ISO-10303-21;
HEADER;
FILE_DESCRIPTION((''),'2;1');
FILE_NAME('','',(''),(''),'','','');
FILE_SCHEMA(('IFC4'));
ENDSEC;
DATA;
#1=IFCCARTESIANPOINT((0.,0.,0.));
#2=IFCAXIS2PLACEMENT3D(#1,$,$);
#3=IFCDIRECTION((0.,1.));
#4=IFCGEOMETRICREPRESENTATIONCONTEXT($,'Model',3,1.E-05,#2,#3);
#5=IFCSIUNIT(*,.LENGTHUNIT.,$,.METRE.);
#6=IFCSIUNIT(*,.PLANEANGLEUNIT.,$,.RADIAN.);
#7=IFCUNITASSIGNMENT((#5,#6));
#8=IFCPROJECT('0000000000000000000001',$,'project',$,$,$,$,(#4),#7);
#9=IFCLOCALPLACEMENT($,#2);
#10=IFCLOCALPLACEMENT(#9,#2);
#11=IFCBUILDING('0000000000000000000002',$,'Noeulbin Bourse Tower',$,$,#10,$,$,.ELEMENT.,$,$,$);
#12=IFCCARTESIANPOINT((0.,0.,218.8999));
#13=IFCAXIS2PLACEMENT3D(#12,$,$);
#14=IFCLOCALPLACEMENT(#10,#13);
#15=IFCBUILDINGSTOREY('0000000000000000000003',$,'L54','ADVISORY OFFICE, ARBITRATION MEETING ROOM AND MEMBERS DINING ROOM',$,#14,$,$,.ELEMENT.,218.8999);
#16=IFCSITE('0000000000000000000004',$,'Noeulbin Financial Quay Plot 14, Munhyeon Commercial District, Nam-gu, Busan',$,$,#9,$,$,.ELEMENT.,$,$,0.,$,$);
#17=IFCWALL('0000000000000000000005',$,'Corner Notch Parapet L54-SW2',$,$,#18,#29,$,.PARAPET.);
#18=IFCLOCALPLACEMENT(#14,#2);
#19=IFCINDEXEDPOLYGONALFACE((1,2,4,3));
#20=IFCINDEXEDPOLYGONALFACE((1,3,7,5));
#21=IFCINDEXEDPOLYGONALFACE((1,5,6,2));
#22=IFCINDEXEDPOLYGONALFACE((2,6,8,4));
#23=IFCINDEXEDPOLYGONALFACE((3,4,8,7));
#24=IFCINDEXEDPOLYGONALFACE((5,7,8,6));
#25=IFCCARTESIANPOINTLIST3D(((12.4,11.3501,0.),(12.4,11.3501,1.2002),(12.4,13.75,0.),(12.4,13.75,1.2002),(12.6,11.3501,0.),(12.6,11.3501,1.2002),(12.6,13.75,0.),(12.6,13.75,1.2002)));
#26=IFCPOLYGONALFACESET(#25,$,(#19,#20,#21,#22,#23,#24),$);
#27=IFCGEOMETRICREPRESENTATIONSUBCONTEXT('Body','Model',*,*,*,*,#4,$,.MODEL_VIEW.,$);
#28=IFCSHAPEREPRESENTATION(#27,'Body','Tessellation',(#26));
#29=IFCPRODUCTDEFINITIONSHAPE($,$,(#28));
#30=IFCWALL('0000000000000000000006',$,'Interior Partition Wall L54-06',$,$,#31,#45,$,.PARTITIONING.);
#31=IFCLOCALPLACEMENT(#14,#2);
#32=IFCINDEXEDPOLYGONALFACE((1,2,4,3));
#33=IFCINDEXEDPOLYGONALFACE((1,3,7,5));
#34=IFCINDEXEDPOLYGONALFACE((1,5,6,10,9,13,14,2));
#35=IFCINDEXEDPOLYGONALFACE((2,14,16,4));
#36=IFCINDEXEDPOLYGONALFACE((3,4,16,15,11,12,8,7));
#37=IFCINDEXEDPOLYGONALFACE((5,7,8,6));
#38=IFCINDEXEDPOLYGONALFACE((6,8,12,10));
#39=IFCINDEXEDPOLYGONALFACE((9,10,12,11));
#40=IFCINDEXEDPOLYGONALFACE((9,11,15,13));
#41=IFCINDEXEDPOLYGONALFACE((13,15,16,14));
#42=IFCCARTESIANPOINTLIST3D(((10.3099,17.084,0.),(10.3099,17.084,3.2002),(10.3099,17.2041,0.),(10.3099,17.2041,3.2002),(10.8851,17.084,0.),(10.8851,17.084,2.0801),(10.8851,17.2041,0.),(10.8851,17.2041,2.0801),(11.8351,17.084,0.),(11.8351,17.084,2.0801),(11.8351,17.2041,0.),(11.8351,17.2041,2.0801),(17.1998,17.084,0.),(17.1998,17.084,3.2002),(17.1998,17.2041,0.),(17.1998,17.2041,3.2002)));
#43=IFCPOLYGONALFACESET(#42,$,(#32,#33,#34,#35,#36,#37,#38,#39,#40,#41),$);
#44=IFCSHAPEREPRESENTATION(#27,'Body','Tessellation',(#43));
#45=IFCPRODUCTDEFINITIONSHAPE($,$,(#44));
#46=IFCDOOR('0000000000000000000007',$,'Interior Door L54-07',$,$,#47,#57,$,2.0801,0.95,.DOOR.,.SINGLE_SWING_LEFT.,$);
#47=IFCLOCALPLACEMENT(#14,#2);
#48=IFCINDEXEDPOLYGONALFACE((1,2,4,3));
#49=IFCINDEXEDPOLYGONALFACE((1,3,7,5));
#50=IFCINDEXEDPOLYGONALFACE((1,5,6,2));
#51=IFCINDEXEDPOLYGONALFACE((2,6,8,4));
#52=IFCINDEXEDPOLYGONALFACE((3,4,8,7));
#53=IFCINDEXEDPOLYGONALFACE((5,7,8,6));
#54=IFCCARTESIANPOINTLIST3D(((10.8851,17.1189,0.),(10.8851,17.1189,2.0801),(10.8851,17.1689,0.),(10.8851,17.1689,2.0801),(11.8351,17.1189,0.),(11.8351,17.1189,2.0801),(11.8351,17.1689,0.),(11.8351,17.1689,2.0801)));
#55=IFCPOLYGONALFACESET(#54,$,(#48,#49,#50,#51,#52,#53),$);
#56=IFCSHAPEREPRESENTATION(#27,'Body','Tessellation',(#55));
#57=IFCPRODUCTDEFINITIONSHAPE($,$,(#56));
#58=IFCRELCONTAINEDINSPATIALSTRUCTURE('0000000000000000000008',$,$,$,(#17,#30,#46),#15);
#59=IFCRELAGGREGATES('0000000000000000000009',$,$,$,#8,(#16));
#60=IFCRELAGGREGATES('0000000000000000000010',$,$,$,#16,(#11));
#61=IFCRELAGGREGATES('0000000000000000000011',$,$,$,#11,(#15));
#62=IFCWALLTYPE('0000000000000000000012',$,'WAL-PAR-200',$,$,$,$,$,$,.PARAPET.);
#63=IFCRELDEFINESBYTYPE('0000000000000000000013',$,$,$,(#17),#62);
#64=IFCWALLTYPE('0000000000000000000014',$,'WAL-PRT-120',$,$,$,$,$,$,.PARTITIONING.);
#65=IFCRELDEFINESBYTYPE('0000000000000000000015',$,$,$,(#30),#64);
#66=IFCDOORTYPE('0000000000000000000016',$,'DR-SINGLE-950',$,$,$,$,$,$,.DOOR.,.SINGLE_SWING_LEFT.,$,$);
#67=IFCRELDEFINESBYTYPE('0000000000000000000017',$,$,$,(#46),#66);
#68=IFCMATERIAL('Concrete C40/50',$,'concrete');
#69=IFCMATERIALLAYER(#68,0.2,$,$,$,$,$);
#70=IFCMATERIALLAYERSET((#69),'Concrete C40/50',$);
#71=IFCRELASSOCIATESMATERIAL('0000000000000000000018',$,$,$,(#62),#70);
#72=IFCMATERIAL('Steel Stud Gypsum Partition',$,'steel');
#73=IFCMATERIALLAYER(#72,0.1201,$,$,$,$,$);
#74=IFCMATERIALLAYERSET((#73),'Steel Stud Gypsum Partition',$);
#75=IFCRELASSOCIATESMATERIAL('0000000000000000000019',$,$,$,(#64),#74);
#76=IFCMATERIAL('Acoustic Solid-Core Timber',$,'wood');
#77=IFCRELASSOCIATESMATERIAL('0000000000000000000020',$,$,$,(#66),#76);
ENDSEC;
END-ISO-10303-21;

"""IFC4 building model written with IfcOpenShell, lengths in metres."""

from ifc_helpers import new_model, si_unit, direction, frame, frame_2d, origin, place, context, subcontext, project, spatial, rectangle, extrude, material, layer, layer_set, type_object, element, fill, save


model = new_model("IFC4")

# Units and contexts
model_context = context("Model", 3, precision=1e-05, world=origin(), true_north=direction((0.0, 1.0)))
body_context = subcontext(model_context, "Body", "Model", "MODEL_VIEW")
ifc_project = project(units=[si_unit("LENGTHUNIT", "METRE"), si_unit("PLANEANGLEUNIT", "RADIAN")], contexts=[model_context])

# Site, building, storey
site_placement = place(None, origin())
site = spatial("IfcSite", under=ifc_project, at=site_placement, Name="Noeulbin Financial Quay Plot 14, Munhyeon Commercial District, Nam-gu, Busan", CompositionType="ELEMENT", RefElevation=0.0)
building_placement = place(site_placement, origin())
building = spatial("IfcBuilding", under=site, at=building_placement, Name="Noeulbin Bourse Tower", CompositionType="ELEMENT")
storey_placement = place(building_placement, frame((0.0, 0.0, 218.8999)))
storey = spatial("IfcBuildingStorey", under=building, at=storey_placement, Name="L54", Description="ADVISORY OFFICE, ARBITRATION MEETING ROOM AND MEMBERS DINING ROOM", CompositionType="ELEMENT", Elevation=218.8999)

# Wall
ifc_material_1 = material(Name="Concrete C40/50", Category="concrete")
ifc_layer_1 = layer(ifc_material_1, 0.2)
ifc_layer_set_1 = layer_set([ifc_layer_1], Name="Concrete C40/50")
wall_type_1 = type_object("IfcWallType", Name="WAL-PAR-200", PredefinedType="PARAPET", material=ifc_layer_set_1)
for number, where, z_axis, x_axis, name in (
    (1, (12.5, 13.75, 0.0), (0.0, 0.0, 1.0), (0.0, -1.0, 0.0), "Corner Notch Parapet L54-SW2"),
):
    element("IfcWall", number, at=place(storey_placement, frame(where, z_axis=z_axis, x_axis=x_axis)), inside=storey, type_object=wall_type_1, Name=name, PredefinedType="PARAPET", context=body_context, shape_type="SweptSolid", body=[
        extrude(rectangle(XDim=2.3999, YDim=0.2, at=frame_2d((1.2, 0.0))), origin(), (0.0, 0.0, 1.0), 1.2002),
    ])

# Wall, opening, door
ifc_material_2 = material(Name="Steel Stud Gypsum Partition", Category="steel")
ifc_layer_2 = layer(ifc_material_2, 0.1201)
ifc_layer_set_2 = layer_set([ifc_layer_2], Name="Steel Stud Gypsum Partition")
wall_type_2 = type_object("IfcWallType", Name="WAL-PRT-120", PredefinedType="PARTITIONING", material=ifc_layer_set_2)
wall_placement = place(storey_placement, frame((10.3101, 17.144, 0.0), z_axis=(0.0, 0.0, 1.0), x_axis=(1.0, 0.0, 0.0)))
wall = element("IfcWall", 2, at=wall_placement, inside=storey, type_object=wall_type_2, Name="Interior Partition Wall L54-06", PredefinedType="PARTITIONING", context=body_context, shape_type="SweptSolid", body=[
    extrude(rectangle(XDim=6.8899, YDim=0.1201, at=frame_2d((3.4448, 0.0))), origin(), (0.0, 0.0, 1.0), 3.2002),
])
opening_placement = place(wall_placement, frame((0.575, 0.0, 0.0)))
opening = element("IfcOpeningElement", 3, at=opening_placement, cuts=wall, PredefinedType="OPENING", context=body_context, shape_type="SweptSolid", body=[
    extrude(rectangle(XDim=0.95, YDim=2.0801, at=frame_2d((0.4751, 1.04))), frame((0.0, 0.0701, 0.0), z_axis=(0.0, -1.0, 0.0), x_axis=(1.0, 0.0, 0.0)), (0.0, 0.0, 1.0), 0.1401),
])
ifc_material_3 = material(Name="Acoustic Solid-Core Timber", Category="wood")
door_type = type_object("IfcDoorType", Name="DR-SINGLE-950", OperationType="SINGLE_SWING_LEFT", PredefinedType="DOOR", material=ifc_material_3)
door_placement = place(opening_placement, origin())
door = element("IfcDoor", 4, at=door_placement, inside=storey, type_object=door_type, Name="Interior Door L54-07", OperationType="SINGLE_SWING_LEFT", OverallHeight=2.0801, OverallWidth=0.95, PredefinedType="DOOR", context=body_context, shape_type="SweptSolid", body=[
    extrude(rectangle(XDim=0.95, YDim=2.0801, at=frame_2d((0.4751, 1.04))), frame((0.0, 0.0249, 0.0), z_axis=(0.0, -1.0, 0.0), x_axis=(1.0, 0.0, 0.0)), (0.0, 0.0, 1.0), 0.05),
])
fill(opening, door)

save(model, "model.ifc")
